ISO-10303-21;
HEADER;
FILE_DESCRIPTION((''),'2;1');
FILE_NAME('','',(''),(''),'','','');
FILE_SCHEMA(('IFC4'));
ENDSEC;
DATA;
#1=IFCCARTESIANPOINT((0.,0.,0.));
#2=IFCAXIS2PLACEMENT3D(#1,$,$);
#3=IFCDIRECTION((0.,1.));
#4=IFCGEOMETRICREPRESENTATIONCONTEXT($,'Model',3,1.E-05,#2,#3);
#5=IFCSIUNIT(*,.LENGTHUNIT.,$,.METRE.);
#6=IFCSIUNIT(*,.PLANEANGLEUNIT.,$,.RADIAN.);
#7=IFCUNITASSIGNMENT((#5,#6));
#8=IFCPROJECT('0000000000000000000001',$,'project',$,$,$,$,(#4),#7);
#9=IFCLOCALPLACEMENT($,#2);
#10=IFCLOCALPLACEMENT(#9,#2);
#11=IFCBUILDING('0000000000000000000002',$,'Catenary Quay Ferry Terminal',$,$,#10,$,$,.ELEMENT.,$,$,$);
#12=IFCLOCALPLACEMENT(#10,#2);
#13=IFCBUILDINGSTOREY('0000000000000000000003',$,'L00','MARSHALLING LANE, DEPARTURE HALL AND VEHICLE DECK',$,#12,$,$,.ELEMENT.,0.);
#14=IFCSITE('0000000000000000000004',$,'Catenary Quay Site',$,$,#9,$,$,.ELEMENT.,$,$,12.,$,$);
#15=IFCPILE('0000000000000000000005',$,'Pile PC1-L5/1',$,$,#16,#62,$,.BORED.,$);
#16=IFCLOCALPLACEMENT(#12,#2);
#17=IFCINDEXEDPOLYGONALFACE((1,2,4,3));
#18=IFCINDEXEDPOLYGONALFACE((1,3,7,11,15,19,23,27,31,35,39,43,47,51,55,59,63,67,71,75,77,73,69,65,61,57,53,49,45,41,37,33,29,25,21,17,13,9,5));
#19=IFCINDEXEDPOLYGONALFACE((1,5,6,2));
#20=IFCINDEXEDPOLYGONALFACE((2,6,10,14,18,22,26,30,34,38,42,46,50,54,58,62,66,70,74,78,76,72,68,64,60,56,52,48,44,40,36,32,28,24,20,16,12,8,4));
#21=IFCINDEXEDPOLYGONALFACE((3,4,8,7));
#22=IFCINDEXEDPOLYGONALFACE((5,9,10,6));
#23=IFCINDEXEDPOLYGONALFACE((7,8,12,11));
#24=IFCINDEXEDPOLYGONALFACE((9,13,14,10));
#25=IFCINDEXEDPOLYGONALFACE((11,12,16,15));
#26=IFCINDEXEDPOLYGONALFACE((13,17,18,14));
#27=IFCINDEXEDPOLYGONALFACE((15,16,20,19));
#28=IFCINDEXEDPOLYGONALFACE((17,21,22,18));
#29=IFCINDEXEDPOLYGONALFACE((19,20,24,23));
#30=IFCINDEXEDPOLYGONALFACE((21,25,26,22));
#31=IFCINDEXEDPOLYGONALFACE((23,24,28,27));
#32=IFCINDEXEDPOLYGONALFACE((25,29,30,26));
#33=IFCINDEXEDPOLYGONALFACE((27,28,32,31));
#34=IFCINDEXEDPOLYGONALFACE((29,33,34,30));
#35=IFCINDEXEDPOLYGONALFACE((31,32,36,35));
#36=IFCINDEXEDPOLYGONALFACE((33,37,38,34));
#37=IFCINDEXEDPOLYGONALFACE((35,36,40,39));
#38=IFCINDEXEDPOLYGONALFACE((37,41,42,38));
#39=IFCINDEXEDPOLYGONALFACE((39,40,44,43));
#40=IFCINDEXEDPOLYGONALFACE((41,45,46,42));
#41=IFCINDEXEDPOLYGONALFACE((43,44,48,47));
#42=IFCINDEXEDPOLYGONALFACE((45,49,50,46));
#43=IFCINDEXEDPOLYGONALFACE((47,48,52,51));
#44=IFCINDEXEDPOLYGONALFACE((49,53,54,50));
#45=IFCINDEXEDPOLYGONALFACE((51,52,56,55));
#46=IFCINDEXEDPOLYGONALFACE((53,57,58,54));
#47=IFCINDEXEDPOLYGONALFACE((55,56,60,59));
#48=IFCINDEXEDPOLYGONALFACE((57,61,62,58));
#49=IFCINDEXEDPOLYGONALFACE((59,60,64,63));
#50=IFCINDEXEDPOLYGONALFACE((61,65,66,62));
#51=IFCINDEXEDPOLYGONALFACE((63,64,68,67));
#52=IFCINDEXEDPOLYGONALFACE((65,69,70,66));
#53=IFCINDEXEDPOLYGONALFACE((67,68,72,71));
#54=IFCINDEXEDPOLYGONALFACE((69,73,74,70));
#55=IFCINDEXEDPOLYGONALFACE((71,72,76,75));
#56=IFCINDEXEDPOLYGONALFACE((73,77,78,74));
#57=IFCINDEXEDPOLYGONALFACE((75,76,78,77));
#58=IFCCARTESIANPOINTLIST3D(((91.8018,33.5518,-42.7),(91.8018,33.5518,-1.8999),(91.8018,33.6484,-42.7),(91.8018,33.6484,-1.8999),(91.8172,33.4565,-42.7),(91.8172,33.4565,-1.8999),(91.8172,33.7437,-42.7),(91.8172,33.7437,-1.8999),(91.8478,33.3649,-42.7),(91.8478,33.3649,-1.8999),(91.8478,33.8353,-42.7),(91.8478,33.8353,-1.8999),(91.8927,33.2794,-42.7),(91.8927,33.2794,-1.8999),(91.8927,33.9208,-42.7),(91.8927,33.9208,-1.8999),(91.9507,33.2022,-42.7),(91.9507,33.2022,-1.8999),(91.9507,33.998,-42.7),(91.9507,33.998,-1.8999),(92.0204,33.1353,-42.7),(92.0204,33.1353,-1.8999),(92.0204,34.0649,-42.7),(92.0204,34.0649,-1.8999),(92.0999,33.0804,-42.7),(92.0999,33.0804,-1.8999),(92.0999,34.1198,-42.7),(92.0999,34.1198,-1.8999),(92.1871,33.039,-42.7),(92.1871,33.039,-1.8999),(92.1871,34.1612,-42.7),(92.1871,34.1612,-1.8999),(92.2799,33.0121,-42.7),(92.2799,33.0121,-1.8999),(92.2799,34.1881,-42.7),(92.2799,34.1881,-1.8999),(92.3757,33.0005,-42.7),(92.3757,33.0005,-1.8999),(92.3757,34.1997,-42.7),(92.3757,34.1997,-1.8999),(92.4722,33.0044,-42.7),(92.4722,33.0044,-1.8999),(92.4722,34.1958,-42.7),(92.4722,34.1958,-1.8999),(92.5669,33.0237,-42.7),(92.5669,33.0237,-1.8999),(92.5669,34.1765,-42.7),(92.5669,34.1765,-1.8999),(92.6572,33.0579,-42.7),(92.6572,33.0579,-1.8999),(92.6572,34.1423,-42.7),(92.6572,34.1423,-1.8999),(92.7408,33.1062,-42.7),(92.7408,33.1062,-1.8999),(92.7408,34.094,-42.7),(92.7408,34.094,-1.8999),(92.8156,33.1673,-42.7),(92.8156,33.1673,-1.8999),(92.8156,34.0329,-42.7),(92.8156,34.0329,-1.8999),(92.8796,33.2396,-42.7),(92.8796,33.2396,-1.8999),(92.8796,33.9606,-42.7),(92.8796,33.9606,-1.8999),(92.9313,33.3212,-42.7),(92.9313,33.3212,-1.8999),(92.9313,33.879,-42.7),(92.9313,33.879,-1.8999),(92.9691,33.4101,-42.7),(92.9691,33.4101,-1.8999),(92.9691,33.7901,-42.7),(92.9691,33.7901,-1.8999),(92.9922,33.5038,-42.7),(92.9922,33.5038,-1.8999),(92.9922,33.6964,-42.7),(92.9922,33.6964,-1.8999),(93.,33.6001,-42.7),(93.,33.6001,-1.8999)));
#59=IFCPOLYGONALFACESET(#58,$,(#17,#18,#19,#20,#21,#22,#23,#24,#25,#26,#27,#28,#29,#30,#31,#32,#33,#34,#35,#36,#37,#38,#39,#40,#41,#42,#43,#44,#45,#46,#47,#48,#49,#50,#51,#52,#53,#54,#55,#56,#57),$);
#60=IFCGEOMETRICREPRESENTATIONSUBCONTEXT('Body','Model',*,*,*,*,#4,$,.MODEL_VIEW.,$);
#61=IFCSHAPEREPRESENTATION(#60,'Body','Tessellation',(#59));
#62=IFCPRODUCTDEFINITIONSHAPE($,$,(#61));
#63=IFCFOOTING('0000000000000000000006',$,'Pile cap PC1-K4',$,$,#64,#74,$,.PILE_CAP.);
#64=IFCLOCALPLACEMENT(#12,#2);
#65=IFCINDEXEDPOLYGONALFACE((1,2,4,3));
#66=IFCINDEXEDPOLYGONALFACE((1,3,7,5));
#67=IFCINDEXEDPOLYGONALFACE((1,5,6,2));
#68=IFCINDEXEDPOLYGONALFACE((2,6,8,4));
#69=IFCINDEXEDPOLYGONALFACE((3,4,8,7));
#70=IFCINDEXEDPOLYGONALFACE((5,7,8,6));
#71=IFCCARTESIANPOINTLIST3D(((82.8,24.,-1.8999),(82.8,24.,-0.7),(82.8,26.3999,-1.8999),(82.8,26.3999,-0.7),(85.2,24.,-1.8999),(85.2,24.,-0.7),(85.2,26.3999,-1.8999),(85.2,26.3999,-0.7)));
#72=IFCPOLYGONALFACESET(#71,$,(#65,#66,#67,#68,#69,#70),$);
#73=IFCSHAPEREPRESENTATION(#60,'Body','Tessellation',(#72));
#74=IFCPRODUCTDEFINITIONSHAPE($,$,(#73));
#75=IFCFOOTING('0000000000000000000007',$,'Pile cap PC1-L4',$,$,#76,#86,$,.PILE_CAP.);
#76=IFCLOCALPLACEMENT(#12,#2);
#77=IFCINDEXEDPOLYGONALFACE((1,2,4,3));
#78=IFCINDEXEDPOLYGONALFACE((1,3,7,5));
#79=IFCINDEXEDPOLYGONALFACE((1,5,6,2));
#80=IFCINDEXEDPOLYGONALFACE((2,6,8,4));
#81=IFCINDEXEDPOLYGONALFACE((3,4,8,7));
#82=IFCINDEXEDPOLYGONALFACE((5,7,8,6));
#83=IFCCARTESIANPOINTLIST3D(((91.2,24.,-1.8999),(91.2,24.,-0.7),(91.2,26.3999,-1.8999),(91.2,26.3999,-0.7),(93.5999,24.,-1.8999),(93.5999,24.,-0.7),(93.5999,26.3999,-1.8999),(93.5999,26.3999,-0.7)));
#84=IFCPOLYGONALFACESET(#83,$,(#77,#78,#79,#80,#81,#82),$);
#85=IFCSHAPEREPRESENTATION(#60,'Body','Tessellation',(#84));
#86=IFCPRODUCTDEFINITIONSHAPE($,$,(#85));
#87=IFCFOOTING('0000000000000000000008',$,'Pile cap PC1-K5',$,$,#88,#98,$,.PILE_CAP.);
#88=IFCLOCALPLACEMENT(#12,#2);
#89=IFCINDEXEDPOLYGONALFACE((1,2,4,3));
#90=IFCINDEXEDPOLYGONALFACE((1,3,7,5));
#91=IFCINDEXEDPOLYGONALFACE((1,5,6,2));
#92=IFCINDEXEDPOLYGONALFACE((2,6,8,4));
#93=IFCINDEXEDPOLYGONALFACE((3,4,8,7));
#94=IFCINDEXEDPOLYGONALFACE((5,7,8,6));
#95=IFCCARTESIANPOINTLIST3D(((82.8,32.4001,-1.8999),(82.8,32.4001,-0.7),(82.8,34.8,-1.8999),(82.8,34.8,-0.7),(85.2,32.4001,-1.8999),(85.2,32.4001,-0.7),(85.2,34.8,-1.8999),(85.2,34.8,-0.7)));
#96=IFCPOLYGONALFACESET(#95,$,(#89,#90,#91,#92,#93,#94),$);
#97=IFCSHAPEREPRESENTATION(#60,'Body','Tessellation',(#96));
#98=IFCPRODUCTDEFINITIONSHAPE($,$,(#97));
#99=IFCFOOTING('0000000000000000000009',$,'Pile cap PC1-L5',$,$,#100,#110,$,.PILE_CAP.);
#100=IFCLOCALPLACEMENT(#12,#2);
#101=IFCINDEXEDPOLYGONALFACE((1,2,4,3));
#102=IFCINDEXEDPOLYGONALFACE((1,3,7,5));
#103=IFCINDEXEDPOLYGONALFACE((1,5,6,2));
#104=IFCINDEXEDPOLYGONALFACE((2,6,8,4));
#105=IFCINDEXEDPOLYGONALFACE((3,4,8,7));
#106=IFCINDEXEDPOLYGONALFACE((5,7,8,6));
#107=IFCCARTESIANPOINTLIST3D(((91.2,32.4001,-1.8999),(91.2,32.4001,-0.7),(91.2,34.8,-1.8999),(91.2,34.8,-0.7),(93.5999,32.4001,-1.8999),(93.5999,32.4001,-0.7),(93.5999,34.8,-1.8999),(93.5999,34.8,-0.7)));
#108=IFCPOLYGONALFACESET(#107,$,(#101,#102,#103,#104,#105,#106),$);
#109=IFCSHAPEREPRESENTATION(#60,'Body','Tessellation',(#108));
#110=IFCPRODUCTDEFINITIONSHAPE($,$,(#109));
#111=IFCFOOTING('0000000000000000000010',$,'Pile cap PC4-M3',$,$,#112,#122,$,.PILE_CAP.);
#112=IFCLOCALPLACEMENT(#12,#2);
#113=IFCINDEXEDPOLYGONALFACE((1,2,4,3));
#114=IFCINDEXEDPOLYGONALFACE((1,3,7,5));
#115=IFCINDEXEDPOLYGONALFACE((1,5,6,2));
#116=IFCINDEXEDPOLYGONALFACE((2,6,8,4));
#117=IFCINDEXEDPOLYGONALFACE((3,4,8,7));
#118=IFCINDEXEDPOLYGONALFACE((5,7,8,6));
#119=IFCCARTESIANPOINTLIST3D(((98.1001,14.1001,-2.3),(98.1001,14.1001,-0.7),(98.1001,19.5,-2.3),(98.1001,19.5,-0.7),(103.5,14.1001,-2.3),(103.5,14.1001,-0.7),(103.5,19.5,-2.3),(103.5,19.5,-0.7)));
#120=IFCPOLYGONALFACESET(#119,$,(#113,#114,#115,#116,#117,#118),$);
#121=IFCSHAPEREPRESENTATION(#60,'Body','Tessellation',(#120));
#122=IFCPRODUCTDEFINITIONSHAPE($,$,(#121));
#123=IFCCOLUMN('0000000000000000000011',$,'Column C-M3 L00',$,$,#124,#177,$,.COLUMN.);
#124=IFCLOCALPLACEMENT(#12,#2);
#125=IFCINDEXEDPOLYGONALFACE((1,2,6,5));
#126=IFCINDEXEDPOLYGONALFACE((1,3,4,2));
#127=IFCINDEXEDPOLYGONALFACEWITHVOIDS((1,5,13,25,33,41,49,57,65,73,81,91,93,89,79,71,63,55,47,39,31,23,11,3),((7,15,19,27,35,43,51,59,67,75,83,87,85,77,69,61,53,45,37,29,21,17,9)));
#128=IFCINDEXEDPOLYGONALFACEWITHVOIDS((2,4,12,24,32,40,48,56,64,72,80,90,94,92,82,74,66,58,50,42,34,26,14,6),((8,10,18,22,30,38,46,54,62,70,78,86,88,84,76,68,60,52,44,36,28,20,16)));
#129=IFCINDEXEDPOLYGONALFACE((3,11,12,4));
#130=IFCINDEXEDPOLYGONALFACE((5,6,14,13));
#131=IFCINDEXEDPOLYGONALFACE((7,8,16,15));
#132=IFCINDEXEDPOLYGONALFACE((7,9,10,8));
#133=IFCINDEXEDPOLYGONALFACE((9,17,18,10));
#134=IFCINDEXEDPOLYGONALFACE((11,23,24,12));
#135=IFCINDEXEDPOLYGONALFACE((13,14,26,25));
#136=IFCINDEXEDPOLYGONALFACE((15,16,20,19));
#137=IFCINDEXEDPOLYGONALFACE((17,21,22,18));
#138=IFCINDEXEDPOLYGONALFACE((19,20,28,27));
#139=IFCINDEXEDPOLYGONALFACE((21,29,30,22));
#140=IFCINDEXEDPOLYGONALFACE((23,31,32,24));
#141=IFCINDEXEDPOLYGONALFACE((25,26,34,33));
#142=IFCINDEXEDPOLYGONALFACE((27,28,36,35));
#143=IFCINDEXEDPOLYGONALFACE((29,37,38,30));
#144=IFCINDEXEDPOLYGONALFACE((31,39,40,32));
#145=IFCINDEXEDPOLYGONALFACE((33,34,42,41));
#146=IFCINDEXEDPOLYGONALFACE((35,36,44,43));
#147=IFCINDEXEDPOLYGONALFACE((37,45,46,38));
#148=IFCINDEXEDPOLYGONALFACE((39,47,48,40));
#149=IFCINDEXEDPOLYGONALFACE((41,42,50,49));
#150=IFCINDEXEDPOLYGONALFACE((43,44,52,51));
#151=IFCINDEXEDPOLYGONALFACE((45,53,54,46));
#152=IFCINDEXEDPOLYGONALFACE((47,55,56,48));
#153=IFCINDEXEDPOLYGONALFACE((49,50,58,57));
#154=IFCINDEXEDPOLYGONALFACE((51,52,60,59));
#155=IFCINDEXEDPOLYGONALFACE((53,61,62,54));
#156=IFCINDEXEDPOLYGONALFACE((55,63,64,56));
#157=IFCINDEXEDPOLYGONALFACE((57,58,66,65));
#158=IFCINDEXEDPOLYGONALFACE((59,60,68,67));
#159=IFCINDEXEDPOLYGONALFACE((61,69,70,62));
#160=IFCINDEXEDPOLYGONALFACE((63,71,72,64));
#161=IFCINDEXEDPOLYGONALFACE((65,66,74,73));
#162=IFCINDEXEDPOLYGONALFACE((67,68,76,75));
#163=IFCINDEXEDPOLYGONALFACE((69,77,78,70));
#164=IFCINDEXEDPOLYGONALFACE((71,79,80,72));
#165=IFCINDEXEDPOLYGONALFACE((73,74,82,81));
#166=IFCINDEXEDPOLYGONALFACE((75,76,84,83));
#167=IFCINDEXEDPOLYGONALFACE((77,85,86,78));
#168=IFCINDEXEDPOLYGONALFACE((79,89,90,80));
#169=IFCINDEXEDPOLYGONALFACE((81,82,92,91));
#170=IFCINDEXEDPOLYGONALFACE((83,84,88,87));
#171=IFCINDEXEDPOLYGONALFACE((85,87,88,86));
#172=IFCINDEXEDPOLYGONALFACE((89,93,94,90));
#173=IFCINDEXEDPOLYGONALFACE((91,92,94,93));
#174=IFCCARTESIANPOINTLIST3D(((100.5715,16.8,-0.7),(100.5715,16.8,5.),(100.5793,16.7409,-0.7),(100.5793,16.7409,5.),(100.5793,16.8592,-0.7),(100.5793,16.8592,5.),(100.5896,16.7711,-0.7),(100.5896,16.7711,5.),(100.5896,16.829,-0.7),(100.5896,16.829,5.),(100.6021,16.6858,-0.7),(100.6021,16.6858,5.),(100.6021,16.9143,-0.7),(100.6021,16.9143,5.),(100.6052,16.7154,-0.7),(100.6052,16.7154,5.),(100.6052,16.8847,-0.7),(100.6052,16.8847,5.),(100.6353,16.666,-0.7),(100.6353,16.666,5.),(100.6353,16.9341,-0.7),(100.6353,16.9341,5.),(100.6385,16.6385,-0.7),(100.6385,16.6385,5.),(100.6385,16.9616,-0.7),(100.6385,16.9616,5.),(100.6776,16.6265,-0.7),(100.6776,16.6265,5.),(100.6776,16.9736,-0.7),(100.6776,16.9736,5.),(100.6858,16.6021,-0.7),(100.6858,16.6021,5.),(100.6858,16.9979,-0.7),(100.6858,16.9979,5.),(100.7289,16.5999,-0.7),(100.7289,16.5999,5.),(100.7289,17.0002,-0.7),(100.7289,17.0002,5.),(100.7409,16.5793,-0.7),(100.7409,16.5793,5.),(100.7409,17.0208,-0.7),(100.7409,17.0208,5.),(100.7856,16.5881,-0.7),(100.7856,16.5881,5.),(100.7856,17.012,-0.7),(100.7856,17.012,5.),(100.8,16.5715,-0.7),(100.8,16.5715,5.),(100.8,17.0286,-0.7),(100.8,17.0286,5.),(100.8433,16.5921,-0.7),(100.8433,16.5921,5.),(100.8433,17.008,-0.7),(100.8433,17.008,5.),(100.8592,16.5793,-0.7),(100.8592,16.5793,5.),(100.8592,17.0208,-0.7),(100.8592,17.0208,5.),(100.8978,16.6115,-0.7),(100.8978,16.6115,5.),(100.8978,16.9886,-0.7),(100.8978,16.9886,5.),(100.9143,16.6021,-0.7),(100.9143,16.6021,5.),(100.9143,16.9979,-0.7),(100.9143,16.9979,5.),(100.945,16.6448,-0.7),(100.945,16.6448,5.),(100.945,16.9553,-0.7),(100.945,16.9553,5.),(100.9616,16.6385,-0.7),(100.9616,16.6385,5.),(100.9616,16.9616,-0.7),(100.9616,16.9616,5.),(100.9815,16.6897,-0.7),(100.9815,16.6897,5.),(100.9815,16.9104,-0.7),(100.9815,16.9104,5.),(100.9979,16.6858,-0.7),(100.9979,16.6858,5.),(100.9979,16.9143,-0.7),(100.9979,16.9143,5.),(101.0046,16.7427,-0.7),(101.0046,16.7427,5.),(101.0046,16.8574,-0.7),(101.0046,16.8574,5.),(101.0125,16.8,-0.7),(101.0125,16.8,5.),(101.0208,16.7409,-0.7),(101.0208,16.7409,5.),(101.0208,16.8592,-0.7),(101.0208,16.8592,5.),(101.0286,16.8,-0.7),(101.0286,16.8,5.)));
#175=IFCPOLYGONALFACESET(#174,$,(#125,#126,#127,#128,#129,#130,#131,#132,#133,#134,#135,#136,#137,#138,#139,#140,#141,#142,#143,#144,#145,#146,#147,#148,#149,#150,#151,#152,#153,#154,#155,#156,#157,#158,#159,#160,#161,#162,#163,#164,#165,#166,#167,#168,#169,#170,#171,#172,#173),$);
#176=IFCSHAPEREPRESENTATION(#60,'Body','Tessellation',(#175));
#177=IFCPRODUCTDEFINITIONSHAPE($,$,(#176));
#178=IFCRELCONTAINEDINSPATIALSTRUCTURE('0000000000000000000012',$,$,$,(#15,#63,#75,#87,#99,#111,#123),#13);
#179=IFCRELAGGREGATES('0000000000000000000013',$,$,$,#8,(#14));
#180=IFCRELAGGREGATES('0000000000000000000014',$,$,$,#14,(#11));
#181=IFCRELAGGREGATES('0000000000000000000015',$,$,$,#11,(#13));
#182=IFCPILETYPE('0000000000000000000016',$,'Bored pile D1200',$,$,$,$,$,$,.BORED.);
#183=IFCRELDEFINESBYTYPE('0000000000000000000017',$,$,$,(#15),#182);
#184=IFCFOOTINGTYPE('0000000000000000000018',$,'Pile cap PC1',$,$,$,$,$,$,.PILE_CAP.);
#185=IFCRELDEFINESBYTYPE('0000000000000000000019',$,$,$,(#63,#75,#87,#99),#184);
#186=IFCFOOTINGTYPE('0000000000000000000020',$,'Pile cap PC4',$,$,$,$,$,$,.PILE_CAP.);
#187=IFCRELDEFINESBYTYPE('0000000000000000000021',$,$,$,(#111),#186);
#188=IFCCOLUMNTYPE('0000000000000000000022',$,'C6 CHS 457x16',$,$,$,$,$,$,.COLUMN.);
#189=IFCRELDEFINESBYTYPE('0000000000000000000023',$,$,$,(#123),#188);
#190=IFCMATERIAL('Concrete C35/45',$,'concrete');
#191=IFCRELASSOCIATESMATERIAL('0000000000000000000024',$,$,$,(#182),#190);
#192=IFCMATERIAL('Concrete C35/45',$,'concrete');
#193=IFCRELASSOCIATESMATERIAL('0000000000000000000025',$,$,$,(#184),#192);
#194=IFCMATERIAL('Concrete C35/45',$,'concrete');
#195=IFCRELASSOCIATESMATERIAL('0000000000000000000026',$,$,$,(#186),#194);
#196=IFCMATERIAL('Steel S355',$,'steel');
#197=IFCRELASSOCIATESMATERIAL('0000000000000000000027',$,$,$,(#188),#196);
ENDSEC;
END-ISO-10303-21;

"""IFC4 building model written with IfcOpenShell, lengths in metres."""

from ifc_helpers import new_model, si_unit, direction, frame, origin, origin_2d, place, context, subcontext, project, spatial, rectangle, circle, hollow_circle, extrude, material, material_profile, profile_set, type_object, element, save


model = new_model("IFC4")

# Units and contexts
model_context = context("Model", 3, precision=1e-05, world=origin(), true_north=direction((0.0, 1.0)))
body_context = subcontext(model_context, "Body", "Model", "MODEL_VIEW")
ifc_project = project(units=[si_unit("LENGTHUNIT", "METRE"), si_unit("PLANEANGLEUNIT", "RADIAN")], contexts=[model_context])

# Site, building, storey
site_placement = place(None, origin())
site = spatial("IfcSite", under=ifc_project, at=site_placement, Name="Catenary Quay Site", CompositionType="ELEMENT", RefElevation=12.0)
building_placement = place(site_placement, origin())
building = spatial("IfcBuilding", under=site, at=building_placement, Name="Catenary Quay Ferry Terminal", CompositionType="ELEMENT")
storey_placement = place(building_placement, origin())
storey = spatial("IfcBuildingStorey", under=building, at=storey_placement, Name="L00", Description="MARSHALLING LANE, DEPARTURE HALL AND VEHICLE DECK", CompositionType="ELEMENT", Elevation=0.0)

# Pile
ifc_material_1 = material(Name="Concrete C35/45", Category="concrete")
ifc_material_profile_1 = material_profile(ifc_material_1, circle(Radius=0.6001, at=origin_2d()), Name="D1200")
ifc_profile_set_1 = profile_set([ifc_material_profile_1], Name="Concrete C35/45")
pile_type = type_object("IfcPileType", Name="Bored pile D1200", PredefinedType="BORED", material=ifc_profile_set_1)
for number, where, z_axis, x_axis, name in (
    (1, (92.3999, 33.6001, -1.8999), (0.0, 0.0, -1.0), (1.0, 0.0, 0.0), "Pile PC1-L5/1"),
):
    element("IfcPile", number, at=place(storey_placement, frame(where, z_axis=z_axis, x_axis=x_axis)), inside=storey, type_object=pile_type, Name=name, PredefinedType="BORED", context=body_context, shape_type="SweptSolid", body=[
        extrude(circle(Radius=0.6001, at=origin_2d()), origin(), (0.0, 0.0, 1.0), 40.8),
    ])

# Footings
ifc_material_2 = material(Name="Concrete C35/45", Category="concrete")
footing_type_1 = type_object("IfcFootingType", Name="Pile cap PC1", PredefinedType="PILE_CAP", material=ifc_material_2)
for number, where, z_axis, x_axis, name in (
    (2, (84.0, 25.2, -1.8999), (0.0, 0.0, 1.0), (1.0, 0.0, 0.0), "Pile cap PC1-K4"),
    (3, (92.3999, 25.2, -1.8999), (0.0, 0.0, 1.0), (1.0, 0.0, 0.0), "Pile cap PC1-L4"),
    (4, (84.0, 33.6001, -1.8999), (0.0, 0.0, 1.0), (1.0, 0.0, 0.0), "Pile cap PC1-K5"),
    (5, (92.3999, 33.6001, -1.8999), (0.0, 0.0, 1.0), (1.0, 0.0, 0.0), "Pile cap PC1-L5"),
):
    element("IfcFooting", number, at=place(storey_placement, frame(where, z_axis=z_axis, x_axis=x_axis)), inside=storey, type_object=footing_type_1, Name=name, PredefinedType="PILE_CAP", context=body_context, shape_type="SweptSolid", body=[
        extrude(rectangle(XDim=2.3999, YDim=2.3999, at=origin_2d()), origin(), (0.0, 0.0, 1.0), 1.2),
    ])
ifc_material_3 = material(Name="Concrete C35/45", Category="concrete")
footing_type_2 = type_object("IfcFootingType", Name="Pile cap PC4", PredefinedType="PILE_CAP", material=ifc_material_3)
footing_placement = place(storey_placement, frame((100.8, 16.8, -2.3), z_axis=(0.0, 0.0, 1.0), x_axis=(1.0, 0.0, 0.0)))
element("IfcFooting", 6, at=footing_placement, inside=storey, type_object=footing_type_2, Name="Pile cap PC4-M3", PredefinedType="PILE_CAP", context=body_context, shape_type="SweptSolid", body=[
    extrude(rectangle(XDim=5.3999, YDim=5.3999, at=origin_2d()), origin(), (0.0, 0.0, 1.0), 1.6001),
])

# Column
ifc_material_4 = material(Name="Steel S355", Category="steel")
ifc_material_profile_2 = material_profile(ifc_material_4, hollow_circle(Radius=0.2285, WallThickness=0.0161, at=origin_2d()), Name="CHS 457x16")
ifc_profile_set_2 = profile_set([ifc_material_profile_2], Name="Steel S355")
column_type = type_object("IfcColumnType", Name="C6 CHS 457x16", PredefinedType="COLUMN", material=ifc_profile_set_2)
column_placement = place(storey_placement, frame((100.8, 16.8, -0.7), z_axis=(0.0, 0.0, 1.0), x_axis=(1.0, 0.0, 0.0)))
element("IfcColumn", 7, at=column_placement, inside=storey, type_object=column_type, Name="Column C-M3 L00", PredefinedType="COLUMN", context=body_context, shape_type="SweptSolid", body=[
    extrude(hollow_circle(Radius=0.2285, WallThickness=0.0161, at=origin_2d()), origin(), (0.0, 0.0, 1.0), 5.7),
])

save(model, "model.ifc")
